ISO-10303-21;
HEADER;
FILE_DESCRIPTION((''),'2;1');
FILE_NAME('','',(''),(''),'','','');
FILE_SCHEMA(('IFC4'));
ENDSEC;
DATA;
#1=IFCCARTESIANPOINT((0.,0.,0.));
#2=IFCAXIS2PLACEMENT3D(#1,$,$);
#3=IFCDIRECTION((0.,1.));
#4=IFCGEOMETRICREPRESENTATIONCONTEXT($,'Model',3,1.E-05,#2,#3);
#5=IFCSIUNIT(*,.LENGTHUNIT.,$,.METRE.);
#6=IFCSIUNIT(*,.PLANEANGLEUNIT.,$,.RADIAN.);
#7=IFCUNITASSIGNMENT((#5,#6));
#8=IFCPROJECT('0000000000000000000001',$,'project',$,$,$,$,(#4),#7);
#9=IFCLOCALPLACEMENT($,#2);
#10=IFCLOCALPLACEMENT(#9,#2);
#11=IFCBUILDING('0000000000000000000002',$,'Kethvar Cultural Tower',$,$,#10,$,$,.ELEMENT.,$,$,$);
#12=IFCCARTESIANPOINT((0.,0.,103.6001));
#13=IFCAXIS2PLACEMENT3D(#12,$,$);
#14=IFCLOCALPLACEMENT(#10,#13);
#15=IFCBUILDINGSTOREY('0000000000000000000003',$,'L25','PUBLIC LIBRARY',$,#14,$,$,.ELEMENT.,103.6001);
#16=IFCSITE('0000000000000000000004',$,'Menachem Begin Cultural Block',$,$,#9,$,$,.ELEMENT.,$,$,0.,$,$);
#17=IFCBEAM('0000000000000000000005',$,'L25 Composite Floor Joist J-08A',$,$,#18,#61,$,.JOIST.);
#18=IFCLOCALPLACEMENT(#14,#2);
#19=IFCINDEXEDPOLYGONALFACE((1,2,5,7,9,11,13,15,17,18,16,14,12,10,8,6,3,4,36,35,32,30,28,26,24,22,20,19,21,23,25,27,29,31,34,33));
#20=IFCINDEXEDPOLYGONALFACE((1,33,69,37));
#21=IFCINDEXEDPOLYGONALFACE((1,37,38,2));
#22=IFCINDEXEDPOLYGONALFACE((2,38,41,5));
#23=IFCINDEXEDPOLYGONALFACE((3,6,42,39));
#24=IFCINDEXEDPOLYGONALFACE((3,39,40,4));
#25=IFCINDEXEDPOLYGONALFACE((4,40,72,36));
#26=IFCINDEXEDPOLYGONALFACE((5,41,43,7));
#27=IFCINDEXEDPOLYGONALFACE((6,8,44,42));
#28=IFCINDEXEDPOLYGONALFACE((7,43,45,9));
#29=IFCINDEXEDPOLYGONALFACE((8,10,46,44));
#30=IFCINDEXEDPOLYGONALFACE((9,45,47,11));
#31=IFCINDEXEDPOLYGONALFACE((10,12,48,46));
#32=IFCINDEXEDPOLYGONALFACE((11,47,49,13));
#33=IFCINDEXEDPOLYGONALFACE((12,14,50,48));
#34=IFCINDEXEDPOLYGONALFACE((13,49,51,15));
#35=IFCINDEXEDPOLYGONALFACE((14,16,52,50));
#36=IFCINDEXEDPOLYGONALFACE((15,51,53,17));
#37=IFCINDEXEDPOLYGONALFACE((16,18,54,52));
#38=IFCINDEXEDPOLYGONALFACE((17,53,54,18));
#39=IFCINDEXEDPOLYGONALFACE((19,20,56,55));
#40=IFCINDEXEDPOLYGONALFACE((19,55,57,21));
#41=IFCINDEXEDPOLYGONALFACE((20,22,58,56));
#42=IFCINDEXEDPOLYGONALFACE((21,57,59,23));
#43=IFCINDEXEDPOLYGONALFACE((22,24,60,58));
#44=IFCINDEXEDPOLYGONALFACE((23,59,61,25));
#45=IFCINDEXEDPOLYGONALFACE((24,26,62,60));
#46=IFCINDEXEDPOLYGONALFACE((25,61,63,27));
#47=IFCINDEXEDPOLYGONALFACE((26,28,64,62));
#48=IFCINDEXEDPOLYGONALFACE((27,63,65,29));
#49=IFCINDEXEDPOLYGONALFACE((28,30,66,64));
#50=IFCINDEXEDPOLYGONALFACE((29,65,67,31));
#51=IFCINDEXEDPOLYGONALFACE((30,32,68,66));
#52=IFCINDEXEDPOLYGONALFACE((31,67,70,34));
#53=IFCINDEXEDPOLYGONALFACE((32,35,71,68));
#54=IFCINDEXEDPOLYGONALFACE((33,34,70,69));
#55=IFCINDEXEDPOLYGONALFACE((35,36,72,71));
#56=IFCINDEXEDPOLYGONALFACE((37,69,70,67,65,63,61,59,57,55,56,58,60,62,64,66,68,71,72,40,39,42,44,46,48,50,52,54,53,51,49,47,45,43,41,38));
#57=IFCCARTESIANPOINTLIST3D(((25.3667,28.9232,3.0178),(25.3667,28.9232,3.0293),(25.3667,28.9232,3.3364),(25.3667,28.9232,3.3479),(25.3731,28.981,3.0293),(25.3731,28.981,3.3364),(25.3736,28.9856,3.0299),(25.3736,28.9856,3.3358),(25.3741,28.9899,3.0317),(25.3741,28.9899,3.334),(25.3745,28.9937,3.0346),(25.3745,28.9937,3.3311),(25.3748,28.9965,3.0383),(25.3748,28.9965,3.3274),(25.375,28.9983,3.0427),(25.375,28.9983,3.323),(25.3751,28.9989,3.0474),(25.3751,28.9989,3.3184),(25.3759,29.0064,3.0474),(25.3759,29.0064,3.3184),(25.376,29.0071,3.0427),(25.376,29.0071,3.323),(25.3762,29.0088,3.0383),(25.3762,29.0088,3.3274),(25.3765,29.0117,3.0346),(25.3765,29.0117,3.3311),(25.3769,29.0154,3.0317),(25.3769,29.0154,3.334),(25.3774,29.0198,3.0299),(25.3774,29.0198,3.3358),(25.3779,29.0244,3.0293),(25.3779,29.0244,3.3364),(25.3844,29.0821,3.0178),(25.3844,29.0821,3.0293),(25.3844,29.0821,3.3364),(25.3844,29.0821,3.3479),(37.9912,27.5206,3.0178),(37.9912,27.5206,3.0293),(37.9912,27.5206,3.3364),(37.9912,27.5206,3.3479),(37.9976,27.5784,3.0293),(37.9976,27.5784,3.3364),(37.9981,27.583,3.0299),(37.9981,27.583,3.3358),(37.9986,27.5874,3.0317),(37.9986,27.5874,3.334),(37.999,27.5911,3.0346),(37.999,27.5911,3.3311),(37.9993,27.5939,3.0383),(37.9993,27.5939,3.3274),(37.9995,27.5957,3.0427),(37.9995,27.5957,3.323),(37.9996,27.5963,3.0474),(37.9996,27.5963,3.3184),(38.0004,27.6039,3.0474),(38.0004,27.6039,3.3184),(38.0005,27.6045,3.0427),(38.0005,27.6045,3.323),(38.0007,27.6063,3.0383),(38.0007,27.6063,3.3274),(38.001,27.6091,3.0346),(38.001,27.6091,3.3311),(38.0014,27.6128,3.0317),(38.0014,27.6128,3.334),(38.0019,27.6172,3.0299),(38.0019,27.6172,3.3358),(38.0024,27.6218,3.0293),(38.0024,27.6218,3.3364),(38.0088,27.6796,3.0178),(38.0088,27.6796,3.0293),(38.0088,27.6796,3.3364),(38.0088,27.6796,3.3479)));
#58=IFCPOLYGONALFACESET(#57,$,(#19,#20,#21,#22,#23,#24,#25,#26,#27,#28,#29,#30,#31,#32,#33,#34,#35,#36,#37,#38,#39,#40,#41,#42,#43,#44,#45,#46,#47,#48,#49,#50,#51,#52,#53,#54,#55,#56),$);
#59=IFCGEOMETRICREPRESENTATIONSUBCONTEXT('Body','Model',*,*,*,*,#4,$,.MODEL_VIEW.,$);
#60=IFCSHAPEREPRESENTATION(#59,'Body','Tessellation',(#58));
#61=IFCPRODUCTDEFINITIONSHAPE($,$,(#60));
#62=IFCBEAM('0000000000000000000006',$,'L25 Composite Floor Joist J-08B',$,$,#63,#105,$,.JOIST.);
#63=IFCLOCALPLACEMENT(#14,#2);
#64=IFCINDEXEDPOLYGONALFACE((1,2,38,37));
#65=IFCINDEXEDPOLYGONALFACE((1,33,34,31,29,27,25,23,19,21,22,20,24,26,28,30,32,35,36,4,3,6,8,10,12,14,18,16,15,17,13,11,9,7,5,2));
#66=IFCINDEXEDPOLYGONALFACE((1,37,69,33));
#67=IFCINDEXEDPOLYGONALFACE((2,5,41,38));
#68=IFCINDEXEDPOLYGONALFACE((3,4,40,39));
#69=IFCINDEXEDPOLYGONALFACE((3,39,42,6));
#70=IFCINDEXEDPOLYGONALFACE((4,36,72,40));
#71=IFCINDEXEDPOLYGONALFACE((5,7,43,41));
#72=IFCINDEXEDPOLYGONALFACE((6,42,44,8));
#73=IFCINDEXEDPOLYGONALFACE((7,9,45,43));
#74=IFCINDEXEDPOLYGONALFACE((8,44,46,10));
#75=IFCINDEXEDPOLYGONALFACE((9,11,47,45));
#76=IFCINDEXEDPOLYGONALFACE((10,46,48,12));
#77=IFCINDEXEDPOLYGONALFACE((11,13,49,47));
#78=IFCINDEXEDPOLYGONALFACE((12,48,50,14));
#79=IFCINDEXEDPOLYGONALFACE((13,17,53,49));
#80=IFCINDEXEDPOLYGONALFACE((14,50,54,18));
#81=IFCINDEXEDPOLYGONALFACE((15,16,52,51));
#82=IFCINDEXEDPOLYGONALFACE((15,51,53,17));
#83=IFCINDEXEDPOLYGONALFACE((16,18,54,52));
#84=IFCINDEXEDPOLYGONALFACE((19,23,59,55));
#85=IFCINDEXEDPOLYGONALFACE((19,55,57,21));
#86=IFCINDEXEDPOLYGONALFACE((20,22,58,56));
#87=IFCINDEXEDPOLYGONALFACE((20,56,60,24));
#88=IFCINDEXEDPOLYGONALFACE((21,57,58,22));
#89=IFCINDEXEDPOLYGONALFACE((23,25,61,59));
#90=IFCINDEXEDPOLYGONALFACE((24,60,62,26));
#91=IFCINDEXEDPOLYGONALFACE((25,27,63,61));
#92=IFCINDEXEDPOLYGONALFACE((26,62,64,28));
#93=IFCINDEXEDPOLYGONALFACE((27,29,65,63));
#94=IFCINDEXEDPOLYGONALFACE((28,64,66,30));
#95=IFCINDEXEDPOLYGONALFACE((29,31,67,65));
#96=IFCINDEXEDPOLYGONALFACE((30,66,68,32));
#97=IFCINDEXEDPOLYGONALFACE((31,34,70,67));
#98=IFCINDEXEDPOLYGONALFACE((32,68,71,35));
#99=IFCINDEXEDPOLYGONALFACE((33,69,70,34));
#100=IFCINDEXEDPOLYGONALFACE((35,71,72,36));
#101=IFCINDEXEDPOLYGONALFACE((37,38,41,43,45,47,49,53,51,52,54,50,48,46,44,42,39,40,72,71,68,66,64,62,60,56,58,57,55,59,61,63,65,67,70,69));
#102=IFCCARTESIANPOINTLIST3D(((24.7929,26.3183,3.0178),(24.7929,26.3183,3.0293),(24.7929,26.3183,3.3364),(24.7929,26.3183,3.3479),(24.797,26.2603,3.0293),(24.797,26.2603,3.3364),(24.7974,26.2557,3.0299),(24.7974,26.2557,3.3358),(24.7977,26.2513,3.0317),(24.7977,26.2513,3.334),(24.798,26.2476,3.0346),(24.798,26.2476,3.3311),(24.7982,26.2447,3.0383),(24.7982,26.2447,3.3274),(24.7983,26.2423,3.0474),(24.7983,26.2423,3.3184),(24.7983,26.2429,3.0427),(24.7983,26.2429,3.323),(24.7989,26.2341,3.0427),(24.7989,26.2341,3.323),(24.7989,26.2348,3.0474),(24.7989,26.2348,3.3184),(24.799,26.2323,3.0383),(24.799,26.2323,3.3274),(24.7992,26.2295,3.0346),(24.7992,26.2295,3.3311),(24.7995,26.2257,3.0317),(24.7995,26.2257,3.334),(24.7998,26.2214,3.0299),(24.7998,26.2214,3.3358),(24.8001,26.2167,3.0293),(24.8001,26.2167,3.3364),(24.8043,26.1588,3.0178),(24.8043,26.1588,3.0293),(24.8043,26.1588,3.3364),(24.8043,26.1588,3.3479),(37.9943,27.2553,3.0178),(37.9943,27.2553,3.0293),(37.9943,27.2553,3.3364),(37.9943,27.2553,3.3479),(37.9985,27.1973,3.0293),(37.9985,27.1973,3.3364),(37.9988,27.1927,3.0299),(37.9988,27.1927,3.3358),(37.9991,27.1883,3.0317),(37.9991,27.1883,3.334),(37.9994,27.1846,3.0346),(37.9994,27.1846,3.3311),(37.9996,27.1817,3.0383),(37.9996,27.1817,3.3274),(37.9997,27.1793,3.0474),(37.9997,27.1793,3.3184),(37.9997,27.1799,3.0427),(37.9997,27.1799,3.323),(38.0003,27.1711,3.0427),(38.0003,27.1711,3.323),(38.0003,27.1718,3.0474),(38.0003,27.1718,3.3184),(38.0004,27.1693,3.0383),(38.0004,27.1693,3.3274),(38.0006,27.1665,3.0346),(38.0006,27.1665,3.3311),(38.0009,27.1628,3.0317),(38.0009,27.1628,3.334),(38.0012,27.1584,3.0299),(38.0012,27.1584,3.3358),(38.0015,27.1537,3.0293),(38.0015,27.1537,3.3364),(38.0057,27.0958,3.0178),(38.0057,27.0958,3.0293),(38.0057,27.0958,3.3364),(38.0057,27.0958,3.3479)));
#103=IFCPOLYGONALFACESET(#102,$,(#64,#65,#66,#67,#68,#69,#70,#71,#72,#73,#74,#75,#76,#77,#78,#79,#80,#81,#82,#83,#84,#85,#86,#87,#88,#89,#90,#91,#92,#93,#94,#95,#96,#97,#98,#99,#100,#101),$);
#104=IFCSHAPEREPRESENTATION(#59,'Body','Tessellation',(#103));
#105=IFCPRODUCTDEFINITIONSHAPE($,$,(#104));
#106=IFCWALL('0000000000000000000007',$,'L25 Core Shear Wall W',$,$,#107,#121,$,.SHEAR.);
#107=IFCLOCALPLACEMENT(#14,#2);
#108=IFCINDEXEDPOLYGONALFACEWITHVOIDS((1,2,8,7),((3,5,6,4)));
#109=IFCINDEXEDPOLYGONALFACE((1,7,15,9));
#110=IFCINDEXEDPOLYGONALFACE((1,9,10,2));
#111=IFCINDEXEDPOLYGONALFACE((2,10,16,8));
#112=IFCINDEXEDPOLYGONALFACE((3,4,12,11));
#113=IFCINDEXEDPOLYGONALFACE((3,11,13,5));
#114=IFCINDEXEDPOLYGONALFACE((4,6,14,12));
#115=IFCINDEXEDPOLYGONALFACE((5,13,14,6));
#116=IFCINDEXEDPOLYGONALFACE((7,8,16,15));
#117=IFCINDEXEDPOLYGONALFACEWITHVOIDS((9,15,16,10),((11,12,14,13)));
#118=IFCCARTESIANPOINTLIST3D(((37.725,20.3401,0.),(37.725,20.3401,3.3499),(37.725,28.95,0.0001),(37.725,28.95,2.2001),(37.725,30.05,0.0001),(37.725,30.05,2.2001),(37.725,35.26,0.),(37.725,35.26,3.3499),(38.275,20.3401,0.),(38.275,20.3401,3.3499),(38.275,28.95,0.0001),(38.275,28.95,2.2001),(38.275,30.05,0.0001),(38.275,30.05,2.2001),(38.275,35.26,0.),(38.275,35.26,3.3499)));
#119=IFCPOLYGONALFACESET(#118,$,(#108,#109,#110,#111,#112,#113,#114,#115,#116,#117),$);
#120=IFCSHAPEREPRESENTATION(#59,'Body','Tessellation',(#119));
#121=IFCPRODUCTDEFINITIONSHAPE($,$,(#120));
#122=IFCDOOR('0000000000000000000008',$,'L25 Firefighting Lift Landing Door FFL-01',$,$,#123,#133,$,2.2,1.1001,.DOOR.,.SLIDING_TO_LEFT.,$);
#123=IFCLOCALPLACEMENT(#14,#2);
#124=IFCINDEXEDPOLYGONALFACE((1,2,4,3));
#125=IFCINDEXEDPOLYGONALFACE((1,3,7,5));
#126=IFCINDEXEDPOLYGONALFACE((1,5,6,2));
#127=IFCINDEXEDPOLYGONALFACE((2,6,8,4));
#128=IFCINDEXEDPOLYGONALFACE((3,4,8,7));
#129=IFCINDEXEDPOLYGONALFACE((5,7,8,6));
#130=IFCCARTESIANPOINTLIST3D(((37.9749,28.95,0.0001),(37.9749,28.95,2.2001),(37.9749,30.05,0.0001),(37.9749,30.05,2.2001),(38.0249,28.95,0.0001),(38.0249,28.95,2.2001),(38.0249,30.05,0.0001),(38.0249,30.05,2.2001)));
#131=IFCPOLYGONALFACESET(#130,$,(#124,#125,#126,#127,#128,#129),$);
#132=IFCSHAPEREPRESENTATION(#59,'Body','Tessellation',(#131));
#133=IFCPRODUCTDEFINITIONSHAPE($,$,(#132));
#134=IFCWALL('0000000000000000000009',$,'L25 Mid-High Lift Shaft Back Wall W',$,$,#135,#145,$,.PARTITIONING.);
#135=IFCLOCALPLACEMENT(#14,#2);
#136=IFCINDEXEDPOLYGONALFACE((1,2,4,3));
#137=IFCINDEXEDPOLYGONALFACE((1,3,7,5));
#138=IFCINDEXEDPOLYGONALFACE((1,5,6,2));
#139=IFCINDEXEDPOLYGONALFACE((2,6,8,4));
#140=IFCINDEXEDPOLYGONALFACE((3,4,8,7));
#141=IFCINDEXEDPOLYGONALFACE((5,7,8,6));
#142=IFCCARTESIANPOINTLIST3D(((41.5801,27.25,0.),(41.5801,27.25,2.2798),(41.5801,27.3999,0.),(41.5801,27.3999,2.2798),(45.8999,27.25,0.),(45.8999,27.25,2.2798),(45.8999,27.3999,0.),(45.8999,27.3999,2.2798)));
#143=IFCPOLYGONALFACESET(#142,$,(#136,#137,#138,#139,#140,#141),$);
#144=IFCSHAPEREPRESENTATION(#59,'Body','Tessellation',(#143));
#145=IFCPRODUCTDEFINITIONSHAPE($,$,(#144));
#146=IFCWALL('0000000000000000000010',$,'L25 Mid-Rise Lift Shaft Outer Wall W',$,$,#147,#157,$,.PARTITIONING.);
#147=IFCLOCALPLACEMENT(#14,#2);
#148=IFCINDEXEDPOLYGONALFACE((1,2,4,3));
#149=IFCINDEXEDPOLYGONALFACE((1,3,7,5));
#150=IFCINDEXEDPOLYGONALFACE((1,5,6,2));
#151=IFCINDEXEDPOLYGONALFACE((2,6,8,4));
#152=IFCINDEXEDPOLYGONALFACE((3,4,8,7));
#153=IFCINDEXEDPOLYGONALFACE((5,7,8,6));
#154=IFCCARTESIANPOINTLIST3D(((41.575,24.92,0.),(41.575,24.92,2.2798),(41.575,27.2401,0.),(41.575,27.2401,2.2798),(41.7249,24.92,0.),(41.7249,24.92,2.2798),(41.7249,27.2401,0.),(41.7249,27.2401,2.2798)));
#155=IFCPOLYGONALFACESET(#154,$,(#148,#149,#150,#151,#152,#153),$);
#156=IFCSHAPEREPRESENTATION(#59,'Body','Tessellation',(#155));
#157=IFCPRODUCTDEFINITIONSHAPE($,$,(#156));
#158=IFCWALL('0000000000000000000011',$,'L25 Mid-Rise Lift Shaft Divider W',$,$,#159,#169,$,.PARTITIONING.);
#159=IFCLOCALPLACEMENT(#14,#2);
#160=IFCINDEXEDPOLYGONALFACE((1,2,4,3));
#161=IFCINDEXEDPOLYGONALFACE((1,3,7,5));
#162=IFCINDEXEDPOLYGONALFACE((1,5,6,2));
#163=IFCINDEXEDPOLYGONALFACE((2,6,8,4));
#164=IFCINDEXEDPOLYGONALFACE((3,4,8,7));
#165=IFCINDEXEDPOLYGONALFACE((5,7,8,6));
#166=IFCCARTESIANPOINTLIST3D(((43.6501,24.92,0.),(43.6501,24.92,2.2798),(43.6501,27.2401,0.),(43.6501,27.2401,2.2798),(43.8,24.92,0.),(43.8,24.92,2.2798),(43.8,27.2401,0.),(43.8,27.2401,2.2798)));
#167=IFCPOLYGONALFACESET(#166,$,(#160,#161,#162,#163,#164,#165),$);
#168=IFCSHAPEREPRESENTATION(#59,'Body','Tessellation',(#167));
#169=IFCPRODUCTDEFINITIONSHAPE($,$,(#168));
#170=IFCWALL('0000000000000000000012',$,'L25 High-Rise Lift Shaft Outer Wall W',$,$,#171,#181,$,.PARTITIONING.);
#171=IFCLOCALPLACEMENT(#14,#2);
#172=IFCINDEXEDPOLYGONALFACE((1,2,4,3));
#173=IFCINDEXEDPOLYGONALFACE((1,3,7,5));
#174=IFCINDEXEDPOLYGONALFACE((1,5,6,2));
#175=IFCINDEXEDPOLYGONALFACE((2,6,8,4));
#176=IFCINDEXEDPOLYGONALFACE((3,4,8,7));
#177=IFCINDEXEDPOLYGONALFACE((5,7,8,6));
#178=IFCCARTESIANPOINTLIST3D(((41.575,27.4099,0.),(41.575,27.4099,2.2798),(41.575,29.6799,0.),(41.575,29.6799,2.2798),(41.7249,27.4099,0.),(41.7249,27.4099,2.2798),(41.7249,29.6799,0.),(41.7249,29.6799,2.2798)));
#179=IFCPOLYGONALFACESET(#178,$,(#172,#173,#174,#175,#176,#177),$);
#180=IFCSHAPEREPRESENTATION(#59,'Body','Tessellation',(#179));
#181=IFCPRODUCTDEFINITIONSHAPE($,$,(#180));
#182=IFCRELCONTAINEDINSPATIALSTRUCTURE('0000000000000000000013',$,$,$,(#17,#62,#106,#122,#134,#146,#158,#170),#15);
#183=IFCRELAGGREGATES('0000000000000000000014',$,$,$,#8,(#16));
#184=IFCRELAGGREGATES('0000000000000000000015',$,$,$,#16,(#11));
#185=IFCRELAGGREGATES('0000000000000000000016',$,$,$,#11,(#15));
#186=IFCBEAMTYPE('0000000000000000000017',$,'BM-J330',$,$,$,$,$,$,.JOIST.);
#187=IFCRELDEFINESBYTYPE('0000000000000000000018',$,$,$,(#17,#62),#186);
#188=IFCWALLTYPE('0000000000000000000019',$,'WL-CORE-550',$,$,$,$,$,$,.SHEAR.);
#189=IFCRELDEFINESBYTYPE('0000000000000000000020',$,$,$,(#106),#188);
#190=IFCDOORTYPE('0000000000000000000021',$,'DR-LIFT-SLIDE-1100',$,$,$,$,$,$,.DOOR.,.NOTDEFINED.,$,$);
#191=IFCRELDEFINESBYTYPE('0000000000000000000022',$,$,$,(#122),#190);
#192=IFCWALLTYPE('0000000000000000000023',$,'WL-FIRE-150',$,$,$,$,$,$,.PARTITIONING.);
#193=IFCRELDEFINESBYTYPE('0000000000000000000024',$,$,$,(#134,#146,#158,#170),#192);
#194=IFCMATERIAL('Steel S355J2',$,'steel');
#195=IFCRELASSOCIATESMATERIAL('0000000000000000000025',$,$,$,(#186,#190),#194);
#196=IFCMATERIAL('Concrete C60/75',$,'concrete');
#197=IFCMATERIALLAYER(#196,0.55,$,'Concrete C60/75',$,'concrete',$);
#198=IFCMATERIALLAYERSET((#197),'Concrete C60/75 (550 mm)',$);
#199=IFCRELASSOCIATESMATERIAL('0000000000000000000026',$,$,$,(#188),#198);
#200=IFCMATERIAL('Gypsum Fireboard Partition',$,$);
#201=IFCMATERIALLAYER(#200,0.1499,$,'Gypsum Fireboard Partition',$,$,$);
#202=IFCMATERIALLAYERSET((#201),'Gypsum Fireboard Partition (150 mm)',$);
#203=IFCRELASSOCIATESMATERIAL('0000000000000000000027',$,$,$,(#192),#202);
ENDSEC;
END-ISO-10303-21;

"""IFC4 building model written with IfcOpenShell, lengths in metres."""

from ifc_helpers import new_model, si_unit, direction, frame, frame_2d, origin, origin_2d, place, context, subcontext, project, spatial, rectangle, i_section, extrude, source, transform, mapped, material, layer, layer_set, material_profile, profile_set, type_object, element, fill, save


model = new_model("IFC4")

# Units and contexts
model_context = context("Model", 3, precision=1e-05, world=origin(), true_north=direction((0.0, 1.0)))
body_context = subcontext(model_context, "Body", "Model", "MODEL_VIEW")
ifc_project = project(units=[si_unit("LENGTHUNIT", "METRE"), si_unit("PLANEANGLEUNIT", "RADIAN")], contexts=[model_context])

# Site, building, storey
site_placement = place(None, origin())
site = spatial("IfcSite", under=ifc_project, at=site_placement, Name="Menachem Begin Cultural Block", CompositionType="ELEMENT", RefElevation=0.0)
building_placement = place(site_placement, origin())
building = spatial("IfcBuilding", under=site, at=building_placement, Name="Kethvar Cultural Tower", CompositionType="ELEMENT")
storey_placement = place(building_placement, frame((0.0, 0.0, 103.6001)))
storey = spatial("IfcBuildingStorey", under=building, at=storey_placement, Name="L25", Description="PUBLIC LIBRARY", CompositionType="ELEMENT", Elevation=103.6001)

# Beams
ifc_material_1 = material(Name="Steel S355J2", Category="steel")
ifc_material_profile_1 = material_profile(ifc_material_1, i_section(OverallWidth=0.1599, OverallDepth=0.3301, WebThickness=0.0076, FlangeThickness=0.0115, FilletRadius=0.0181, at=origin_2d()), Name="Steel S355J2 — IPE330")
ifc_profile_set_1 = profile_set([ifc_material_profile_1], Name="Steel S355J2 — IPE330")
beam_type_1 = type_object("IfcBeamType", Name="BM-J330", PredefinedType="JOIST", material=ifc_profile_set_1)
shared_shape_1 = source(origin(), body_context, "Body", "SweptSolid", [
    extrude(i_section(OverallWidth=0.1599, OverallDepth=0.3301, WebThickness=0.0076, FlangeThickness=0.0115, FilletRadius=0.0181, at=origin_2d()), origin(), (0.0, 0.0, 1.0), 12.7021),
])
beam_1_placement = place(storey_placement, frame((38.0, 27.6001, 3.1829), z_axis=(-0.993885, 0.110421, 0.0), x_axis=(-0.110421, -0.993885, 0.0)))
element("IfcBeam", 1, at=beam_1_placement, inside=storey, type_object=beam_type_1, Name="L25 Composite Floor Joist J-08A", PredefinedType="JOIST", context=body_context, shape_type="MappedRepresentation", body=[
    mapped(shared_shape_1, transform((0.0, 0.0, 0.0), scale=1.0)),
])
shared_shape_2 = source(origin(), body_context, "Body", "SweptSolid", [
    extrude(i_section(OverallWidth=0.1599, OverallDepth=0.3301, WebThickness=0.0076, FlangeThickness=0.0115, FilletRadius=0.0181, at=origin_2d()), origin(), (0.0, 0.0, 1.0), 13.2346),
])
beam_2_placement = place(storey_placement, frame((38.0, 27.1755, 3.1829), z_axis=(-0.997491, -0.0708, 0.0), x_axis=(0.0708, -0.997491, 0.0)))
element("IfcBeam", 2, at=beam_2_placement, inside=storey, type_object=beam_type_1, Name="L25 Composite Floor Joist J-08B", PredefinedType="JOIST", context=body_context, shape_type="MappedRepresentation", body=[
    mapped(shared_shape_2, transform((0.0, 0.0, 0.0), scale=1.0)),
])

# Wall, opening, door
ifc_material_2 = material(Name="Concrete C60/75", Category="concrete")
ifc_layer_1 = layer(ifc_material_2, 0.55, Name="Concrete C60/75", Category="concrete")
ifc_layer_set_1 = layer_set([ifc_layer_1], Name="Concrete C60/75 (550 mm)")
wall_type_1 = type_object("IfcWallType", Name="WL-CORE-550", PredefinedType="SHEAR", material=ifc_layer_set_1)
wall_1_placement = place(storey_placement, frame((38.0, 35.26, 0.0), z_axis=(0.0, 0.0, 1.0), x_axis=(0.0, -1.0, 0.0)))
wall_1 = element("IfcWall", 3, at=wall_1_placement, inside=storey, type_object=wall_type_1, Name="L25 Core Shear Wall W", PredefinedType="SHEAR", context=body_context, shape_type="SweptSolid", body=[
    extrude(rectangle(XDim=14.9199, YDim=0.55, at=frame_2d((7.46, 0.0))), origin(), (0.0, 0.0, 1.0), 3.3499),
])
opening_placement = place(wall_1_placement, frame((5.21, 0.0, 0.0)))
opening = element("IfcOpeningElement", 4, at=opening_placement, cuts=wall_1, PredefinedType="OPENING", context=body_context, shape_type="SweptSolid", body=[
    extrude(rectangle(XDim=1.1001, YDim=2.2, at=frame_2d((0.55, 1.1001))), frame((0.0, 0.2849, 0.0), z_axis=(0.0, -1.0, 0.0), x_axis=(1.0, 0.0, 0.0)), (0.0, 0.0, 1.0), 0.5701),
])
door_type = type_object("IfcDoorType", Name="DR-LIFT-SLIDE-1100", OperationType="NOTDEFINED", PredefinedType="DOOR", material=ifc_material_1)
shared_shape_3 = source(origin(), body_context, "Body", "SweptSolid", [
    extrude(rectangle(XDim=1.1001, YDim=2.2, at=frame_2d((0.55, 1.1001))), frame((0.0, 0.0249, 0.0), z_axis=(0.0, -1.0, 0.0), x_axis=(1.0, 0.0, 0.0)), (0.0, 0.0, 1.0), 0.05),
])
door_placement = place(opening_placement, origin())
door = element("IfcDoor", 5, at=door_placement, inside=storey, type_object=door_type, Name="L25 Firefighting Lift Landing Door FFL-01", OperationType="SLIDING_TO_LEFT", OverallHeight=2.2, OverallWidth=1.1001, PredefinedType="DOOR", context=body_context, shape_type="MappedRepresentation", body=[
    mapped(shared_shape_3, transform((0.0, 0.0, 0.0), scale=1.0)),
])
fill(opening, door)

# Walls
ifc_material_3 = material(Name="Gypsum Fireboard Partition")
ifc_layer_2 = layer(ifc_material_3, 0.1499, Name="Gypsum Fireboard Partition")
ifc_layer_set_2 = layer_set([ifc_layer_2], Name="Gypsum Fireboard Partition (150 mm)")
wall_type_2 = type_object("IfcWallType", Name="WL-FIRE-150", PredefinedType="PARTITIONING", material=ifc_layer_set_2)
wall_2_placement = place(storey_placement, frame((41.5801, 27.325, 0.0), z_axis=(0.0, 0.0, 1.0), x_axis=(1.0, 0.0, 0.0)))
element("IfcWall", 6, at=wall_2_placement, inside=storey, type_object=wall_type_2, Name="L25 Mid-High Lift Shaft Back Wall W", PredefinedType="PARTITIONING", context=body_context, shape_type="SweptSolid", body=[
    extrude(rectangle(XDim=4.3198, YDim=0.1499, at=frame_2d((2.1599, 0.0))), origin(), (0.0, 0.0, 1.0), 2.2798),
])
for number, where, z_axis, x_axis, name in (
    (7, (41.6499, 24.9199, 0.0), (0.0, 0.0, 1.0), (0.0, 1.0, 0.0), "L25 Mid-Rise Lift Shaft Outer Wall W"),
    (8, (43.7251, 24.9199, 0.0), (0.0, 0.0, 1.0), (0.0, 1.0, 0.0), "L25 Mid-Rise Lift Shaft Divider W"),
):
    element("IfcWall", number, at=place(storey_placement, frame(where, z_axis=z_axis, x_axis=x_axis)), inside=storey, type_object=wall_type_2, Name=name, PredefinedType="PARTITIONING", context=body_context, shape_type="SweptSolid", body=[
        extrude(rectangle(XDim=2.3201, YDim=0.1499, at=frame_2d((1.1602, 0.0))), origin(), (0.0, 0.0, 1.0), 2.2798),
    ])
for number, where, z_axis, x_axis, name in (
    (9, (41.6499, 27.4099, 0.0), (0.0, 0.0, 1.0), (0.0, 1.0, 0.0), "L25 High-Rise Lift Shaft Outer Wall W"),
):
    element("IfcWall", number, at=place(storey_placement, frame(where, z_axis=z_axis, x_axis=x_axis)), inside=storey, type_object=wall_type_2, Name=name, PredefinedType="PARTITIONING", context=body_context, shape_type="SweptSolid", body=[
        extrude(rectangle(XDim=2.27, YDim=0.1499, at=frame_2d((1.135, 0.0))), origin(), (0.0, 0.0, 1.0), 2.2798),
    ])

save(model, "model.ifc")
